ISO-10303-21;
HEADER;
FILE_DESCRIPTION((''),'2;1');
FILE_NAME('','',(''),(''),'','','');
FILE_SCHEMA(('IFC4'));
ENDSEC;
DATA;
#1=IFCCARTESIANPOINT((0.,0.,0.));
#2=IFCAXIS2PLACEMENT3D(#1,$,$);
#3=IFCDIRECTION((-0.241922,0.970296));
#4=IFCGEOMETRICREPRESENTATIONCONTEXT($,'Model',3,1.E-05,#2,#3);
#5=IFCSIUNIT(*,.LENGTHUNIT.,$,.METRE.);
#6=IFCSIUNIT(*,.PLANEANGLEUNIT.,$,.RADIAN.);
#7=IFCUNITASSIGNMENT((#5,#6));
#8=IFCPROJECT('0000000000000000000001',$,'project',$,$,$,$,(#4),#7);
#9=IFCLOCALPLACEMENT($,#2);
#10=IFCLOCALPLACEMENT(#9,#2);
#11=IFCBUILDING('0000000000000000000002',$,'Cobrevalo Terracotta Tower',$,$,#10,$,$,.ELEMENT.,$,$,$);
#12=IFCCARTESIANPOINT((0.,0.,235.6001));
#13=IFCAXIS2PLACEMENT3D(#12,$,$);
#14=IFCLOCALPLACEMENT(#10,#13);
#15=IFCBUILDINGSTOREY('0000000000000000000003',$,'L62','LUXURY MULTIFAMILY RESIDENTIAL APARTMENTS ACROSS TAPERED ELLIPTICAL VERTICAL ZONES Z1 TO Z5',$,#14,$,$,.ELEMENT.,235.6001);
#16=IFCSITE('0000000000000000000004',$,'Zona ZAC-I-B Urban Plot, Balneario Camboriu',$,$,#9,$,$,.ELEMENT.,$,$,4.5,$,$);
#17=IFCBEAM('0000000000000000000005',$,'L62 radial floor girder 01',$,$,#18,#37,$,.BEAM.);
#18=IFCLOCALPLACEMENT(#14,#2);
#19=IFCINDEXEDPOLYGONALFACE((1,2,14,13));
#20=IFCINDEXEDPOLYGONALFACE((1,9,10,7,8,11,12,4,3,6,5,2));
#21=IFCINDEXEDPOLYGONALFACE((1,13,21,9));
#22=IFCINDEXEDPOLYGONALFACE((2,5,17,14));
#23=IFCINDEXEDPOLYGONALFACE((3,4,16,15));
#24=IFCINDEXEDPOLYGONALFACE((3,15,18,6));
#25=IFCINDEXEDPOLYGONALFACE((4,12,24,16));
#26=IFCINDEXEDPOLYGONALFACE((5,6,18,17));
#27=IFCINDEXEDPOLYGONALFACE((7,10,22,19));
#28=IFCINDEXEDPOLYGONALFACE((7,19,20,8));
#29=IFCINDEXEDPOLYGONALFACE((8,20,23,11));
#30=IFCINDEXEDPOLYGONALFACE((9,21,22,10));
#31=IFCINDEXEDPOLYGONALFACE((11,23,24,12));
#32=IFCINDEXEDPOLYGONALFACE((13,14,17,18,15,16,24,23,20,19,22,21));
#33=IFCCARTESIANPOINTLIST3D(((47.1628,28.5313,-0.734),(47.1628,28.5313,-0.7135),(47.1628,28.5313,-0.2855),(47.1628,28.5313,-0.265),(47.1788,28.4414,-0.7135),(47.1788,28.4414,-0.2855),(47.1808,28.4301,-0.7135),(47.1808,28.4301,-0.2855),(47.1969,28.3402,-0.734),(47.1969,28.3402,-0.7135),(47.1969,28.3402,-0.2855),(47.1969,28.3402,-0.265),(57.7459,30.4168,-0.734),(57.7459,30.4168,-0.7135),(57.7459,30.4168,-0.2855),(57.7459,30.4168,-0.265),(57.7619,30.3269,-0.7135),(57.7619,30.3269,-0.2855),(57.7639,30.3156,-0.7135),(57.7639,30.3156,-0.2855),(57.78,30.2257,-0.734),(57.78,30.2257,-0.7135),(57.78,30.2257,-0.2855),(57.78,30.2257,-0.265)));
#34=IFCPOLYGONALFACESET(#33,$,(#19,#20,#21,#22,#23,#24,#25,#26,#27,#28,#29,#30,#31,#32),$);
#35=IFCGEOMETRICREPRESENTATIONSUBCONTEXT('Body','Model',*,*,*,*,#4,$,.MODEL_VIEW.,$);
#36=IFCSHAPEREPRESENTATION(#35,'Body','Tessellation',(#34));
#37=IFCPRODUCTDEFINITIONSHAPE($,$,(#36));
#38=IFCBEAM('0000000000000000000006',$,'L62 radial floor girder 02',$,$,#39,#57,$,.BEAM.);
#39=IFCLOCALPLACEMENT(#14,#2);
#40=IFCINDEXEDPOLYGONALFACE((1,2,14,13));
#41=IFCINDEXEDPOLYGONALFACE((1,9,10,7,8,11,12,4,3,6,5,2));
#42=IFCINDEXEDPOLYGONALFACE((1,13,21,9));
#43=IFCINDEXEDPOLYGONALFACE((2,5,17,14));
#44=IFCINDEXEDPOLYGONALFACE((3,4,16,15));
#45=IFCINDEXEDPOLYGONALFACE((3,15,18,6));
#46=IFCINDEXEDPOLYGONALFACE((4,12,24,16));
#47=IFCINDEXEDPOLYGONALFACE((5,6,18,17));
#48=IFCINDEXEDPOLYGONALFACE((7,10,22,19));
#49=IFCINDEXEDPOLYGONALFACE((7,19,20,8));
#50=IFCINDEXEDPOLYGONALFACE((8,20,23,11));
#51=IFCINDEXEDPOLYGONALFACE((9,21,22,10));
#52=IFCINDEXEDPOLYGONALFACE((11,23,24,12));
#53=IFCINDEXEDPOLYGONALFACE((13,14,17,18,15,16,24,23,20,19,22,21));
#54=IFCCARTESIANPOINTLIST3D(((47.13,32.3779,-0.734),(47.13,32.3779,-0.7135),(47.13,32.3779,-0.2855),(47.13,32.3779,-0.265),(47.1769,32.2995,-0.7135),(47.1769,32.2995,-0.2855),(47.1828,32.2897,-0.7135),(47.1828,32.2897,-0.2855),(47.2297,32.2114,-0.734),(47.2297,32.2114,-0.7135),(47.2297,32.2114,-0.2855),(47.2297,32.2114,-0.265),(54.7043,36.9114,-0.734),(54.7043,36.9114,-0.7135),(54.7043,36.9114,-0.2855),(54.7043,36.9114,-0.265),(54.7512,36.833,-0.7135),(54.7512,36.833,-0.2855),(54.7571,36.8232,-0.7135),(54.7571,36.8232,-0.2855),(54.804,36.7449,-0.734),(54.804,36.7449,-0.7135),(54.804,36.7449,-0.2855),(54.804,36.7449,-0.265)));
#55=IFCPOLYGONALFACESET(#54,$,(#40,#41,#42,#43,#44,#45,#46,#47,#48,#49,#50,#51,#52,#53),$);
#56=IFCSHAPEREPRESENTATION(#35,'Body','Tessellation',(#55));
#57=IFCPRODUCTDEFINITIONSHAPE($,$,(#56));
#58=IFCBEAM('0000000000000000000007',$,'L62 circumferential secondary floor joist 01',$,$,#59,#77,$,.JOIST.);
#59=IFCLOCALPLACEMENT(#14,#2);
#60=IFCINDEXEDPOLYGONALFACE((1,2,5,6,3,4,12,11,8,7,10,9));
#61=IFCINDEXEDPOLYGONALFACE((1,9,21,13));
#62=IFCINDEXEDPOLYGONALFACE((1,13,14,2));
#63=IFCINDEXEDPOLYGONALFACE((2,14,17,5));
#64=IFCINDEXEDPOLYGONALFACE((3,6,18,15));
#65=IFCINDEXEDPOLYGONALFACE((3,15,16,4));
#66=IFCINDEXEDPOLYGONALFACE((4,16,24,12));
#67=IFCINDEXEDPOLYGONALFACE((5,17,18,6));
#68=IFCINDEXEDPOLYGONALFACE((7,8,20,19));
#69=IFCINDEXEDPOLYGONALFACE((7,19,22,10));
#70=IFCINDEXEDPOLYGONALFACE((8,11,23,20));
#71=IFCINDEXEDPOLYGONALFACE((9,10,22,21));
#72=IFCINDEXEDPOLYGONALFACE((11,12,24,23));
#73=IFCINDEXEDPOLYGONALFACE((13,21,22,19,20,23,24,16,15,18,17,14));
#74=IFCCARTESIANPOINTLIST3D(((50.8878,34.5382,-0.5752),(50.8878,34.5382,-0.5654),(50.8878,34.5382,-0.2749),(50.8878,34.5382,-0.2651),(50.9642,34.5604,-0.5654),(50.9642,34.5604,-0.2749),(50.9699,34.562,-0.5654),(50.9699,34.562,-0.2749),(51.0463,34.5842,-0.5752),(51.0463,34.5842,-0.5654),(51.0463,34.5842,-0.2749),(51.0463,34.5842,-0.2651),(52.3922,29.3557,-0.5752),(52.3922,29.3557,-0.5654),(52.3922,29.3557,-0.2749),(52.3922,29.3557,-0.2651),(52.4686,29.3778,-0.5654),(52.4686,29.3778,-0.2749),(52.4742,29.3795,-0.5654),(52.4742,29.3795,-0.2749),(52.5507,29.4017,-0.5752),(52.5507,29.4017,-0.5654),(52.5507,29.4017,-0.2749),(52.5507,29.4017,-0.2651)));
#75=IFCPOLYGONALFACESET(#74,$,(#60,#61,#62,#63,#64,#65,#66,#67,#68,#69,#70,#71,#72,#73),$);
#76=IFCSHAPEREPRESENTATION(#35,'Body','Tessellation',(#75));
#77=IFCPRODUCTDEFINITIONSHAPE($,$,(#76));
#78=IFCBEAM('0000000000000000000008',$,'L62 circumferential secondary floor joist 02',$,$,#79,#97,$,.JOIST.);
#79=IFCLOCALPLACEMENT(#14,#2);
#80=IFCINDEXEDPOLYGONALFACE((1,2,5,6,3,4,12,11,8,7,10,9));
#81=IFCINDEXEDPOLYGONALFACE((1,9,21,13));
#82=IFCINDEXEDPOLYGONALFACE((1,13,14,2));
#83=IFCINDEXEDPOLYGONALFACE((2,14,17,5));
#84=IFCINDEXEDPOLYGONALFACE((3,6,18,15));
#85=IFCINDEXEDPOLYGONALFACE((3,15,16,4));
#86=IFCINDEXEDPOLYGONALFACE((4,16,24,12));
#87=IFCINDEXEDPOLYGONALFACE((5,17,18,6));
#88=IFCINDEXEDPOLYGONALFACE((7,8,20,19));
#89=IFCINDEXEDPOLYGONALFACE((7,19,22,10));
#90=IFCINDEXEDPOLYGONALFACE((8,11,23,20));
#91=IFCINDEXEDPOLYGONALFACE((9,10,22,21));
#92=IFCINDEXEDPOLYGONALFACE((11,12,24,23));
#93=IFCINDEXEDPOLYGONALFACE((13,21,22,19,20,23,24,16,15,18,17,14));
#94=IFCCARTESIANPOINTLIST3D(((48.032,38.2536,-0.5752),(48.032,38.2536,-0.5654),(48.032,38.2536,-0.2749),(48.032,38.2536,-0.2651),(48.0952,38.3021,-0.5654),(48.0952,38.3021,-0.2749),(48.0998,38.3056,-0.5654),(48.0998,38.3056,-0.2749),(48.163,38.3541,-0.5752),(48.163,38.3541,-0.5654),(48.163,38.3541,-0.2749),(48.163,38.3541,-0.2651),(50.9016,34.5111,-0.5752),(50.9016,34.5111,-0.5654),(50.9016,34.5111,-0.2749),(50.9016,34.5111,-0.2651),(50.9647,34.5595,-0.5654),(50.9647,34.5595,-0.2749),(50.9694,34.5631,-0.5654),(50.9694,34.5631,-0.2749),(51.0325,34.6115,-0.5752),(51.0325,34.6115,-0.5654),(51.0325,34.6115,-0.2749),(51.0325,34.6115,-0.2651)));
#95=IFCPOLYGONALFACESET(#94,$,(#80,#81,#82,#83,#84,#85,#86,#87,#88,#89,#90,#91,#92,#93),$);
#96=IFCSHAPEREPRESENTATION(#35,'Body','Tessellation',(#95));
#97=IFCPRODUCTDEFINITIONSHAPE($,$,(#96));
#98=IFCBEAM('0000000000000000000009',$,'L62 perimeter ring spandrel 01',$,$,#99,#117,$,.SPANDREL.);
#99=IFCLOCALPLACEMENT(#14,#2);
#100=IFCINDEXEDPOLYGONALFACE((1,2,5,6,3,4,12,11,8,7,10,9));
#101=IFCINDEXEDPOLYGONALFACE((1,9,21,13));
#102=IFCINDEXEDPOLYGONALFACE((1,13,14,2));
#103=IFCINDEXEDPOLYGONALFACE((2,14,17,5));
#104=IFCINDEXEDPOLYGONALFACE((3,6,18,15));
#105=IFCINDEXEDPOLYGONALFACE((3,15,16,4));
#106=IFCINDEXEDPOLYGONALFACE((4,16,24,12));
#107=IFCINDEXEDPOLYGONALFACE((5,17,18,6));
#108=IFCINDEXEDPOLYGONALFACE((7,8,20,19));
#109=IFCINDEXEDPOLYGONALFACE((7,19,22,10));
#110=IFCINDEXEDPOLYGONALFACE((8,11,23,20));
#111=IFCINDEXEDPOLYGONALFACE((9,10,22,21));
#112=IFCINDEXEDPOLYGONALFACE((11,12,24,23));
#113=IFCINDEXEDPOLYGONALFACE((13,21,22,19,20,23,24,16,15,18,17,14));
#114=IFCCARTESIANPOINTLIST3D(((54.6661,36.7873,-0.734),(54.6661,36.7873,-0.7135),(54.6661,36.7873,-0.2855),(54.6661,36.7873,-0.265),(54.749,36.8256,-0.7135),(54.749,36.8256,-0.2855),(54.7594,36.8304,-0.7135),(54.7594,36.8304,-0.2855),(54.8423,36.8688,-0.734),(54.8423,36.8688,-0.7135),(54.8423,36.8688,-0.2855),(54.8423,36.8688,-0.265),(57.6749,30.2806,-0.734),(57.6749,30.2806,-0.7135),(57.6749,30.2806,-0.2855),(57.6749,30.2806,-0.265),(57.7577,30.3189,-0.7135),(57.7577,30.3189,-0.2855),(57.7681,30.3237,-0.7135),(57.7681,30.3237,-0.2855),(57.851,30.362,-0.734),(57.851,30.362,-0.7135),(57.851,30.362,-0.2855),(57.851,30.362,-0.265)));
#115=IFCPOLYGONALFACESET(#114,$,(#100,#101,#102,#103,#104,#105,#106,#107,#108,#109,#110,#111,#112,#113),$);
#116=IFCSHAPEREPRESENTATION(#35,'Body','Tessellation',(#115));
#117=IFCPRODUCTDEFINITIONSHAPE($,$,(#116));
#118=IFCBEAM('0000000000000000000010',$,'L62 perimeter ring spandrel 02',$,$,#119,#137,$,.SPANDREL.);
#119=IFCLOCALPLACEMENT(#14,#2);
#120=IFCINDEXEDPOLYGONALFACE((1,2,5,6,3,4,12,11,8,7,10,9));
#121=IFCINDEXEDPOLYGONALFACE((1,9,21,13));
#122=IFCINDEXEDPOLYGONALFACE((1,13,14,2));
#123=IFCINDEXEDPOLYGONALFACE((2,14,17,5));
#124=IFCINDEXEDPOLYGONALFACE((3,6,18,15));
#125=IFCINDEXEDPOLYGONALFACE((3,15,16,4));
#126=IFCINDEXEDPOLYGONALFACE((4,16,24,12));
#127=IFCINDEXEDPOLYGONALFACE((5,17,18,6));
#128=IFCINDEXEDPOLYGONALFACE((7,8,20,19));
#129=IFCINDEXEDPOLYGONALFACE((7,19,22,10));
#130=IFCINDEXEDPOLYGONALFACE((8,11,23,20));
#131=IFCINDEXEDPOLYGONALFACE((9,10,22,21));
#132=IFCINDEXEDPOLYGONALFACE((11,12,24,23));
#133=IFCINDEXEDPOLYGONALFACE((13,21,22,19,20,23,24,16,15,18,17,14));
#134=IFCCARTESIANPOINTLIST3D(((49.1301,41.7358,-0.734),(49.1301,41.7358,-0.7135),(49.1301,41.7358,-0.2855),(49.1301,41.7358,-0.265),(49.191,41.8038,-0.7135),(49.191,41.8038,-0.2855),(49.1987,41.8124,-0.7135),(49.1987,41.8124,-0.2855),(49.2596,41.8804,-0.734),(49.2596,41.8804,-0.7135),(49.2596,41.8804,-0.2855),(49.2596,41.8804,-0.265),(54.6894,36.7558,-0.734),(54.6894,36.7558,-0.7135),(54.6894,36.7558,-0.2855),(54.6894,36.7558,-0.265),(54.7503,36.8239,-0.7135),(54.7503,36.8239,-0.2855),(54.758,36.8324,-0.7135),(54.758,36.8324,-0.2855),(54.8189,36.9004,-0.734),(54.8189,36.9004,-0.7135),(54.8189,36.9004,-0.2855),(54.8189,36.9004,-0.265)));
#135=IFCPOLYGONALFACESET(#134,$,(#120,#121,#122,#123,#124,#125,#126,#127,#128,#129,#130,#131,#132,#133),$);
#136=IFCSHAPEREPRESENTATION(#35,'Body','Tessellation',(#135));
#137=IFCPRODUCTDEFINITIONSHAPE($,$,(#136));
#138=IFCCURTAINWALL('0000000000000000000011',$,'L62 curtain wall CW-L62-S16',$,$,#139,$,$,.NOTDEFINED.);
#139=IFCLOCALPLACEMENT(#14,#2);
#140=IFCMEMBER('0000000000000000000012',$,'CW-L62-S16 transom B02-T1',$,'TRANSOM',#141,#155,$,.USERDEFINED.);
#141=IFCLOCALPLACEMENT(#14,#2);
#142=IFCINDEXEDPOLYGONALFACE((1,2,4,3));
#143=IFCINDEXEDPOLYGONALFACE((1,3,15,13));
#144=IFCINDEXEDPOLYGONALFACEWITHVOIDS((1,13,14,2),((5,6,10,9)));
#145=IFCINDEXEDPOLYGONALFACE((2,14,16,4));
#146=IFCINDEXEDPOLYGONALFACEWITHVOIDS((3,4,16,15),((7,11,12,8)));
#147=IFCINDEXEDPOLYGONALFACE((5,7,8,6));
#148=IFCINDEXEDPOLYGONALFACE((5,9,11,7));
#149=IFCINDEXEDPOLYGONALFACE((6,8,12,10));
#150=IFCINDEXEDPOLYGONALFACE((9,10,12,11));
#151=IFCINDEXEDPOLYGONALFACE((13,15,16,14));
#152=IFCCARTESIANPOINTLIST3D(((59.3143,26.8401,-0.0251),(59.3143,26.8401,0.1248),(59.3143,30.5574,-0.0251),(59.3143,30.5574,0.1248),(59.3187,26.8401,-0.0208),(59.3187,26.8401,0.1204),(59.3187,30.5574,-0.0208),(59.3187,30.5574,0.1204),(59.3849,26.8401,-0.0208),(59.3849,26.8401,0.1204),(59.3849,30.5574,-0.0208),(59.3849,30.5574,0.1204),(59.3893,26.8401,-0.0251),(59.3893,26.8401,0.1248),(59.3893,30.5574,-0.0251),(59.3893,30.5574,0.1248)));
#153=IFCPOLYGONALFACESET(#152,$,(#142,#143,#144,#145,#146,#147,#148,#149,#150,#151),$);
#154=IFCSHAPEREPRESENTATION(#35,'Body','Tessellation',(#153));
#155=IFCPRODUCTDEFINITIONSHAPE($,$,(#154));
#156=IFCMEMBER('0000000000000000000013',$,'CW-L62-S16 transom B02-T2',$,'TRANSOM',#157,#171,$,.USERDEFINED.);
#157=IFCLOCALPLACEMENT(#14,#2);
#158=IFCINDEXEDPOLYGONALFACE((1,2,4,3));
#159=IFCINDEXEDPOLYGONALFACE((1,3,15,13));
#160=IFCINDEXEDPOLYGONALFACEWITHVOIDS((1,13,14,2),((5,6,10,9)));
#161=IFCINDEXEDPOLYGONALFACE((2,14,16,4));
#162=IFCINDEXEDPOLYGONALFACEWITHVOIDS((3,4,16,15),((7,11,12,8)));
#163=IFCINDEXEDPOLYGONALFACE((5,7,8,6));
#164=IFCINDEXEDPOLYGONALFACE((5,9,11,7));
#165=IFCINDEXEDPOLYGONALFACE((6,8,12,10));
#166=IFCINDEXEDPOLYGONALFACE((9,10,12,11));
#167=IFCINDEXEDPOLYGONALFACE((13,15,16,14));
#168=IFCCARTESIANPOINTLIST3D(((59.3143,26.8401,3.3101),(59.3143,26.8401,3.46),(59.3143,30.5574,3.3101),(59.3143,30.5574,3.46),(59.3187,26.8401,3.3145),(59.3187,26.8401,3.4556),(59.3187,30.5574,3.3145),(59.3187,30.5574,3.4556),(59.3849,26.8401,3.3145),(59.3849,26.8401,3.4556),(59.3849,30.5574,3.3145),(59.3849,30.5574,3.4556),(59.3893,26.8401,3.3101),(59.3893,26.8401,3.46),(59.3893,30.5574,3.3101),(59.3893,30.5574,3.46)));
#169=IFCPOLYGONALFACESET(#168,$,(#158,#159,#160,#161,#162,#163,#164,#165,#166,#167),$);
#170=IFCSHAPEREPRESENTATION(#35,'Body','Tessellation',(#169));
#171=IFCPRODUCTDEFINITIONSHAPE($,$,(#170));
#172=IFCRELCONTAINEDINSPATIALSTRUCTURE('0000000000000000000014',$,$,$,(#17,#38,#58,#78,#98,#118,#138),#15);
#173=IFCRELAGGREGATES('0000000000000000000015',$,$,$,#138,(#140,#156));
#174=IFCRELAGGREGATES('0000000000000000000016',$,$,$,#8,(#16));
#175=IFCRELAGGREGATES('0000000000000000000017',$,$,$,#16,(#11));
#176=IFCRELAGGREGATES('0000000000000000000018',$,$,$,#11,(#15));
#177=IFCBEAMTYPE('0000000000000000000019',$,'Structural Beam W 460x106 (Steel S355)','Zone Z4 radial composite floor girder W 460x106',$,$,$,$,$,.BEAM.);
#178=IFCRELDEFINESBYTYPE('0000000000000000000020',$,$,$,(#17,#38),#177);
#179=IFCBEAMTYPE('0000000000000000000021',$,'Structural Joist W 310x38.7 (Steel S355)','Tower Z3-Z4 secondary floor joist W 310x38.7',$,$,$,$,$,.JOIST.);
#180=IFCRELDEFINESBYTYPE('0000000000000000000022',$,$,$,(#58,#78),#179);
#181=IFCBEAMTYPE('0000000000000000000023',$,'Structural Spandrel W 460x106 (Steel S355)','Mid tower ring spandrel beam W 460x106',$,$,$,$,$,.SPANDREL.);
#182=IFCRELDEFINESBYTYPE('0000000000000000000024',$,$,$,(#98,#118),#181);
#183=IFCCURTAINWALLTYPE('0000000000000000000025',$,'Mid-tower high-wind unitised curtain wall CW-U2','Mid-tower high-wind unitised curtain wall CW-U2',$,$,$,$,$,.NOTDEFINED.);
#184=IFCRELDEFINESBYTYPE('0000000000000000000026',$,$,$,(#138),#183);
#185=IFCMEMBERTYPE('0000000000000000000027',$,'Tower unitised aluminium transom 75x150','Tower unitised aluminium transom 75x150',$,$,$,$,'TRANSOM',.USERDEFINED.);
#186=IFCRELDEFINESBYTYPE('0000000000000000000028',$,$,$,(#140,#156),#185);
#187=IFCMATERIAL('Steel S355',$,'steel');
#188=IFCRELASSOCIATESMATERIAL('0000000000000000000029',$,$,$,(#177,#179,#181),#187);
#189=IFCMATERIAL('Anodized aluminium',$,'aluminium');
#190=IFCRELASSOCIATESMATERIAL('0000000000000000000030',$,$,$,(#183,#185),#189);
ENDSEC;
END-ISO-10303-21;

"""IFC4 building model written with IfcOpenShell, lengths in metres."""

from ifc_helpers import new_model, si_unit, direction, frame, origin, origin_2d, place, context, subcontext, project, spatial, hollow_rectangle, i_section, extrude, source, transform, mapped, material, material_profile, profile_set, type_object, element, aggregate, save


model = new_model("IFC4")

# Units and contexts
model_context = context("Model", 3, precision=1e-05, world=origin(), true_north=direction((-0.241922, 0.970296)))
body_context = subcontext(model_context, "Body", "Model", "MODEL_VIEW")
ifc_project = project(units=[si_unit("LENGTHUNIT", "METRE"), si_unit("PLANEANGLEUNIT", "RADIAN")], contexts=[model_context])

# Site, building, storey
site_placement = place(None, origin())
site = spatial("IfcSite", under=ifc_project, at=site_placement, Name="Zona ZAC-I-B Urban Plot, Balneario Camboriu", CompositionType="ELEMENT", RefElevation=4.5)
building_placement = place(site_placement, origin())
building = spatial("IfcBuilding", under=site, at=building_placement, Name="Cobrevalo Terracotta Tower", CompositionType="ELEMENT")
storey_placement = place(building_placement, frame((0.0, 0.0, 235.6001)))
storey = spatial("IfcBuildingStorey", under=building, at=storey_placement, Name="L62", Description="LUXURY MULTIFAMILY RESIDENTIAL APARTMENTS ACROSS TAPERED ELLIPTICAL VERTICAL ZONES Z1 TO Z5", CompositionType="ELEMENT", Elevation=235.6001)

# Shared definitions
ifc_material_1 = material(Name="Steel S355", Category="steel")

# Beams
ifc_material_profile_1 = material_profile(ifc_material_1, i_section(OverallWidth=0.1941, OverallDepth=0.469, WebThickness=0.0115, FlangeThickness=0.0205, at=origin_2d()), Name="W 460x106")
ifc_profile_set_1 = profile_set([ifc_material_profile_1], Name="Steel S355")
beam_type_1 = type_object("IfcBeamType", Name="Structural Beam W 460x106 (Steel S355)", Description="Zone Z4 radial composite floor girder W 460x106", PredefinedType="BEAM", material=ifc_profile_set_1)
beam_1_placement = place(storey_placement, frame((57.7629, 30.3213, -0.4995), z_axis=(-0.984497, -0.175401, 0.0), x_axis=(0.175401, -0.984497, 0.0)))
element("IfcBeam", 1, at=beam_1_placement, inside=storey, type_object=beam_type_1, Name="L62 radial floor girder 01", PredefinedType="BEAM", context=body_context, shape_type="SweptSolid", body=[
    extrude(i_section(OverallWidth=0.1941, OverallDepth=0.469, WebThickness=0.0115, FlangeThickness=0.0205, at=origin_2d()), origin(), (0.0, 0.0, 1.0), 10.7498),
])
beam_2_placement = place(storey_placement, frame((54.7542, 36.8281, -0.4995), z_axis=(-0.858046, -0.513572, 0.0), x_axis=(0.513572, -0.858046, 0.0)))
element("IfcBeam", 2, at=beam_2_placement, inside=storey, type_object=beam_type_1, Name="L62 radial floor girder 02", PredefinedType="BEAM", context=body_context, shape_type="SweptSolid", body=[
    extrude(i_section(OverallWidth=0.1941, OverallDepth=0.469, WebThickness=0.0115, FlangeThickness=0.0205, at=origin_2d()), origin(), (0.0, 0.0, 1.0), 8.8274),
])
ifc_material_profile_2 = material_profile(ifc_material_1, i_section(OverallWidth=0.165, OverallDepth=0.3101, WebThickness=0.0059, FlangeThickness=0.0098, at=origin_2d()), Name="W 310x38.7")
ifc_profile_set_2 = profile_set([ifc_material_profile_2], Name="Steel S355")
beam_type_2 = type_object("IfcBeamType", Name="Structural Joist W 310x38.7 (Steel S355)", Description="Tower Z3-Z4 secondary floor joist W 310x38.7", PredefinedType="JOIST", material=ifc_profile_set_2)
beam_3_placement = place(storey_placement, frame((52.4714, 29.3787, -0.4202), z_axis=(-0.27877, 0.960358, 0.0), x_axis=(-0.960358, -0.27877, 0.0)))
element("IfcBeam", 3, at=beam_3_placement, inside=storey, type_object=beam_type_2, Name="L62 circumferential secondary floor joist 01", PredefinedType="JOIST", context=body_context, shape_type="SweptSolid", body=[
    extrude(i_section(OverallWidth=0.165, OverallDepth=0.3101, WebThickness=0.0059, FlangeThickness=0.0098, at=origin_2d()), origin(), (0.0, 0.0, 1.0), 5.3965),
])
beam_4_placement = place(storey_placement, frame((50.967, 34.5613, -0.4202), z_axis=(-0.608464, 0.793581, 0.0), x_axis=(-0.793581, -0.608464, 0.0)))
element("IfcBeam", 4, at=beam_4_placement, inside=storey, type_object=beam_type_2, Name="L62 circumferential secondary floor joist 02", PredefinedType="JOIST", context=body_context, shape_type="SweptSolid", body=[
    extrude(i_section(OverallWidth=0.165, OverallDepth=0.3101, WebThickness=0.0059, FlangeThickness=0.0098, at=origin_2d()), origin(), (0.0, 0.0, 1.0), 4.7161),
])
ifc_material_profile_3 = material_profile(ifc_material_1, i_section(OverallWidth=0.1941, OverallDepth=0.469, WebThickness=0.0115, FlangeThickness=0.0205, at=origin_2d()), Name="W 460x106")
ifc_profile_set_3 = profile_set([ifc_material_profile_3], Name="Steel S355")
beam_type_3 = type_object("IfcBeamType", Name="Structural Spandrel W 460x106 (Steel S355)", Description="Mid tower ring spandrel beam W 460x106", PredefinedType="SPANDREL", material=ifc_profile_set_3)
beam_5_placement = place(storey_placement, frame((57.7629, 30.3213, -0.4995), z_axis=(-0.419706, 0.90766, 0.0), x_axis=(-0.90766, -0.419706, 0.0)))
element("IfcBeam", 5, at=beam_5_placement, inside=storey, type_object=beam_type_3, Name="L62 perimeter ring spandrel 01", PredefinedType="SPANDREL", context=body_context, shape_type="SweptSolid", body=[
    extrude(i_section(OverallWidth=0.1941, OverallDepth=0.469, WebThickness=0.0115, FlangeThickness=0.0205, at=origin_2d()), origin(), (0.0, 0.0, 1.0), 7.1687),
])
beam_6_placement = place(storey_placement, frame((54.7542, 36.8281, -0.4995), z_axis=(-0.744852, 0.66723, 0.0), x_axis=(-0.66723, -0.744852, 0.0)))
element("IfcBeam", 6, at=beam_6_placement, inside=storey, type_object=beam_type_3, Name="L62 perimeter ring spandrel 02", PredefinedType="SPANDREL", context=body_context, shape_type="SweptSolid", body=[
    extrude(i_section(OverallWidth=0.1941, OverallDepth=0.469, WebThickness=0.0115, FlangeThickness=0.0205, at=origin_2d()), origin(), (0.0, 0.0, 1.0), 7.4636),
])

# Curtain wall, members
ifc_material_2 = material(Name="Anodized aluminium", Category="aluminium")
curtain_wall_type = type_object("IfcCurtainWallType", Name="Mid-tower high-wind unitised curtain wall CW-U2", Description="Mid-tower high-wind unitised curtain wall CW-U2", PredefinedType="NOTDEFINED", material=ifc_material_2)
curtain_wall_placement = place(storey_placement, origin())
curtain_wall = element("IfcCurtainWall", 7, at=curtain_wall_placement, inside=storey, type_object=curtain_wall_type, Name="L62 curtain wall CW-L62-S16", PredefinedType="NOTDEFINED")
ifc_material_profile_4 = material_profile(ifc_material_2, hollow_rectangle(XDim=0.075, YDim=0.1499, WallThickness=0.0044, at=origin_2d()), Name="CWT 75x150")
ifc_profile_set_4 = profile_set([ifc_material_profile_4], Name="Anodized aluminium")
member_type_1 = type_object("IfcMemberType", Name="Tower unitised aluminium transom 75x150", Description="Tower unitised aluminium transom 75x150", ElementType="TRANSOM", PredefinedType="USERDEFINED", material=ifc_profile_set_4)
shared_shape_1 = source(origin(), body_context, "Body", "SweptSolid", [
    extrude(hollow_rectangle(XDim=0.075, YDim=0.1499, WallThickness=0.0044, at=origin_2d()), origin(), (0.0, 0.0, 1.0), 3.7173),
])
member_1_placement = place(storey_placement, frame((59.3518, 26.8401, 0.0498), z_axis=(0.0, 1.0, 0.0), x_axis=(-1.0, 0.0, 0.0)))
member_1 = element("IfcMember", 8, at=member_1_placement, type_object=member_type_1, Name="CW-L62-S16 transom B02-T1", ObjectType="TRANSOM", PredefinedType="USERDEFINED", context=body_context, shape_type="MappedRepresentation", body=[
    mapped(shared_shape_1, transform((0.0, 0.0, 0.0), scale=1.0)),
])
member_2_placement = place(storey_placement, frame((59.3518, 26.8401, 3.385), z_axis=(0.0, 1.0, 0.0), x_axis=(-1.0, 0.0, 0.0)))
member_2 = element("IfcMember", 9, at=member_2_placement, type_object=member_type_1, Name="CW-L62-S16 transom B02-T2", ObjectType="TRANSOM", PredefinedType="USERDEFINED", context=body_context, shape_type="MappedRepresentation", body=[
    mapped(shared_shape_1, transform((0.0, 0.0, 0.0), scale=1.0)),
])
aggregate(curtain_wall, [member_1, member_2])

save(model, "model.ifc")
